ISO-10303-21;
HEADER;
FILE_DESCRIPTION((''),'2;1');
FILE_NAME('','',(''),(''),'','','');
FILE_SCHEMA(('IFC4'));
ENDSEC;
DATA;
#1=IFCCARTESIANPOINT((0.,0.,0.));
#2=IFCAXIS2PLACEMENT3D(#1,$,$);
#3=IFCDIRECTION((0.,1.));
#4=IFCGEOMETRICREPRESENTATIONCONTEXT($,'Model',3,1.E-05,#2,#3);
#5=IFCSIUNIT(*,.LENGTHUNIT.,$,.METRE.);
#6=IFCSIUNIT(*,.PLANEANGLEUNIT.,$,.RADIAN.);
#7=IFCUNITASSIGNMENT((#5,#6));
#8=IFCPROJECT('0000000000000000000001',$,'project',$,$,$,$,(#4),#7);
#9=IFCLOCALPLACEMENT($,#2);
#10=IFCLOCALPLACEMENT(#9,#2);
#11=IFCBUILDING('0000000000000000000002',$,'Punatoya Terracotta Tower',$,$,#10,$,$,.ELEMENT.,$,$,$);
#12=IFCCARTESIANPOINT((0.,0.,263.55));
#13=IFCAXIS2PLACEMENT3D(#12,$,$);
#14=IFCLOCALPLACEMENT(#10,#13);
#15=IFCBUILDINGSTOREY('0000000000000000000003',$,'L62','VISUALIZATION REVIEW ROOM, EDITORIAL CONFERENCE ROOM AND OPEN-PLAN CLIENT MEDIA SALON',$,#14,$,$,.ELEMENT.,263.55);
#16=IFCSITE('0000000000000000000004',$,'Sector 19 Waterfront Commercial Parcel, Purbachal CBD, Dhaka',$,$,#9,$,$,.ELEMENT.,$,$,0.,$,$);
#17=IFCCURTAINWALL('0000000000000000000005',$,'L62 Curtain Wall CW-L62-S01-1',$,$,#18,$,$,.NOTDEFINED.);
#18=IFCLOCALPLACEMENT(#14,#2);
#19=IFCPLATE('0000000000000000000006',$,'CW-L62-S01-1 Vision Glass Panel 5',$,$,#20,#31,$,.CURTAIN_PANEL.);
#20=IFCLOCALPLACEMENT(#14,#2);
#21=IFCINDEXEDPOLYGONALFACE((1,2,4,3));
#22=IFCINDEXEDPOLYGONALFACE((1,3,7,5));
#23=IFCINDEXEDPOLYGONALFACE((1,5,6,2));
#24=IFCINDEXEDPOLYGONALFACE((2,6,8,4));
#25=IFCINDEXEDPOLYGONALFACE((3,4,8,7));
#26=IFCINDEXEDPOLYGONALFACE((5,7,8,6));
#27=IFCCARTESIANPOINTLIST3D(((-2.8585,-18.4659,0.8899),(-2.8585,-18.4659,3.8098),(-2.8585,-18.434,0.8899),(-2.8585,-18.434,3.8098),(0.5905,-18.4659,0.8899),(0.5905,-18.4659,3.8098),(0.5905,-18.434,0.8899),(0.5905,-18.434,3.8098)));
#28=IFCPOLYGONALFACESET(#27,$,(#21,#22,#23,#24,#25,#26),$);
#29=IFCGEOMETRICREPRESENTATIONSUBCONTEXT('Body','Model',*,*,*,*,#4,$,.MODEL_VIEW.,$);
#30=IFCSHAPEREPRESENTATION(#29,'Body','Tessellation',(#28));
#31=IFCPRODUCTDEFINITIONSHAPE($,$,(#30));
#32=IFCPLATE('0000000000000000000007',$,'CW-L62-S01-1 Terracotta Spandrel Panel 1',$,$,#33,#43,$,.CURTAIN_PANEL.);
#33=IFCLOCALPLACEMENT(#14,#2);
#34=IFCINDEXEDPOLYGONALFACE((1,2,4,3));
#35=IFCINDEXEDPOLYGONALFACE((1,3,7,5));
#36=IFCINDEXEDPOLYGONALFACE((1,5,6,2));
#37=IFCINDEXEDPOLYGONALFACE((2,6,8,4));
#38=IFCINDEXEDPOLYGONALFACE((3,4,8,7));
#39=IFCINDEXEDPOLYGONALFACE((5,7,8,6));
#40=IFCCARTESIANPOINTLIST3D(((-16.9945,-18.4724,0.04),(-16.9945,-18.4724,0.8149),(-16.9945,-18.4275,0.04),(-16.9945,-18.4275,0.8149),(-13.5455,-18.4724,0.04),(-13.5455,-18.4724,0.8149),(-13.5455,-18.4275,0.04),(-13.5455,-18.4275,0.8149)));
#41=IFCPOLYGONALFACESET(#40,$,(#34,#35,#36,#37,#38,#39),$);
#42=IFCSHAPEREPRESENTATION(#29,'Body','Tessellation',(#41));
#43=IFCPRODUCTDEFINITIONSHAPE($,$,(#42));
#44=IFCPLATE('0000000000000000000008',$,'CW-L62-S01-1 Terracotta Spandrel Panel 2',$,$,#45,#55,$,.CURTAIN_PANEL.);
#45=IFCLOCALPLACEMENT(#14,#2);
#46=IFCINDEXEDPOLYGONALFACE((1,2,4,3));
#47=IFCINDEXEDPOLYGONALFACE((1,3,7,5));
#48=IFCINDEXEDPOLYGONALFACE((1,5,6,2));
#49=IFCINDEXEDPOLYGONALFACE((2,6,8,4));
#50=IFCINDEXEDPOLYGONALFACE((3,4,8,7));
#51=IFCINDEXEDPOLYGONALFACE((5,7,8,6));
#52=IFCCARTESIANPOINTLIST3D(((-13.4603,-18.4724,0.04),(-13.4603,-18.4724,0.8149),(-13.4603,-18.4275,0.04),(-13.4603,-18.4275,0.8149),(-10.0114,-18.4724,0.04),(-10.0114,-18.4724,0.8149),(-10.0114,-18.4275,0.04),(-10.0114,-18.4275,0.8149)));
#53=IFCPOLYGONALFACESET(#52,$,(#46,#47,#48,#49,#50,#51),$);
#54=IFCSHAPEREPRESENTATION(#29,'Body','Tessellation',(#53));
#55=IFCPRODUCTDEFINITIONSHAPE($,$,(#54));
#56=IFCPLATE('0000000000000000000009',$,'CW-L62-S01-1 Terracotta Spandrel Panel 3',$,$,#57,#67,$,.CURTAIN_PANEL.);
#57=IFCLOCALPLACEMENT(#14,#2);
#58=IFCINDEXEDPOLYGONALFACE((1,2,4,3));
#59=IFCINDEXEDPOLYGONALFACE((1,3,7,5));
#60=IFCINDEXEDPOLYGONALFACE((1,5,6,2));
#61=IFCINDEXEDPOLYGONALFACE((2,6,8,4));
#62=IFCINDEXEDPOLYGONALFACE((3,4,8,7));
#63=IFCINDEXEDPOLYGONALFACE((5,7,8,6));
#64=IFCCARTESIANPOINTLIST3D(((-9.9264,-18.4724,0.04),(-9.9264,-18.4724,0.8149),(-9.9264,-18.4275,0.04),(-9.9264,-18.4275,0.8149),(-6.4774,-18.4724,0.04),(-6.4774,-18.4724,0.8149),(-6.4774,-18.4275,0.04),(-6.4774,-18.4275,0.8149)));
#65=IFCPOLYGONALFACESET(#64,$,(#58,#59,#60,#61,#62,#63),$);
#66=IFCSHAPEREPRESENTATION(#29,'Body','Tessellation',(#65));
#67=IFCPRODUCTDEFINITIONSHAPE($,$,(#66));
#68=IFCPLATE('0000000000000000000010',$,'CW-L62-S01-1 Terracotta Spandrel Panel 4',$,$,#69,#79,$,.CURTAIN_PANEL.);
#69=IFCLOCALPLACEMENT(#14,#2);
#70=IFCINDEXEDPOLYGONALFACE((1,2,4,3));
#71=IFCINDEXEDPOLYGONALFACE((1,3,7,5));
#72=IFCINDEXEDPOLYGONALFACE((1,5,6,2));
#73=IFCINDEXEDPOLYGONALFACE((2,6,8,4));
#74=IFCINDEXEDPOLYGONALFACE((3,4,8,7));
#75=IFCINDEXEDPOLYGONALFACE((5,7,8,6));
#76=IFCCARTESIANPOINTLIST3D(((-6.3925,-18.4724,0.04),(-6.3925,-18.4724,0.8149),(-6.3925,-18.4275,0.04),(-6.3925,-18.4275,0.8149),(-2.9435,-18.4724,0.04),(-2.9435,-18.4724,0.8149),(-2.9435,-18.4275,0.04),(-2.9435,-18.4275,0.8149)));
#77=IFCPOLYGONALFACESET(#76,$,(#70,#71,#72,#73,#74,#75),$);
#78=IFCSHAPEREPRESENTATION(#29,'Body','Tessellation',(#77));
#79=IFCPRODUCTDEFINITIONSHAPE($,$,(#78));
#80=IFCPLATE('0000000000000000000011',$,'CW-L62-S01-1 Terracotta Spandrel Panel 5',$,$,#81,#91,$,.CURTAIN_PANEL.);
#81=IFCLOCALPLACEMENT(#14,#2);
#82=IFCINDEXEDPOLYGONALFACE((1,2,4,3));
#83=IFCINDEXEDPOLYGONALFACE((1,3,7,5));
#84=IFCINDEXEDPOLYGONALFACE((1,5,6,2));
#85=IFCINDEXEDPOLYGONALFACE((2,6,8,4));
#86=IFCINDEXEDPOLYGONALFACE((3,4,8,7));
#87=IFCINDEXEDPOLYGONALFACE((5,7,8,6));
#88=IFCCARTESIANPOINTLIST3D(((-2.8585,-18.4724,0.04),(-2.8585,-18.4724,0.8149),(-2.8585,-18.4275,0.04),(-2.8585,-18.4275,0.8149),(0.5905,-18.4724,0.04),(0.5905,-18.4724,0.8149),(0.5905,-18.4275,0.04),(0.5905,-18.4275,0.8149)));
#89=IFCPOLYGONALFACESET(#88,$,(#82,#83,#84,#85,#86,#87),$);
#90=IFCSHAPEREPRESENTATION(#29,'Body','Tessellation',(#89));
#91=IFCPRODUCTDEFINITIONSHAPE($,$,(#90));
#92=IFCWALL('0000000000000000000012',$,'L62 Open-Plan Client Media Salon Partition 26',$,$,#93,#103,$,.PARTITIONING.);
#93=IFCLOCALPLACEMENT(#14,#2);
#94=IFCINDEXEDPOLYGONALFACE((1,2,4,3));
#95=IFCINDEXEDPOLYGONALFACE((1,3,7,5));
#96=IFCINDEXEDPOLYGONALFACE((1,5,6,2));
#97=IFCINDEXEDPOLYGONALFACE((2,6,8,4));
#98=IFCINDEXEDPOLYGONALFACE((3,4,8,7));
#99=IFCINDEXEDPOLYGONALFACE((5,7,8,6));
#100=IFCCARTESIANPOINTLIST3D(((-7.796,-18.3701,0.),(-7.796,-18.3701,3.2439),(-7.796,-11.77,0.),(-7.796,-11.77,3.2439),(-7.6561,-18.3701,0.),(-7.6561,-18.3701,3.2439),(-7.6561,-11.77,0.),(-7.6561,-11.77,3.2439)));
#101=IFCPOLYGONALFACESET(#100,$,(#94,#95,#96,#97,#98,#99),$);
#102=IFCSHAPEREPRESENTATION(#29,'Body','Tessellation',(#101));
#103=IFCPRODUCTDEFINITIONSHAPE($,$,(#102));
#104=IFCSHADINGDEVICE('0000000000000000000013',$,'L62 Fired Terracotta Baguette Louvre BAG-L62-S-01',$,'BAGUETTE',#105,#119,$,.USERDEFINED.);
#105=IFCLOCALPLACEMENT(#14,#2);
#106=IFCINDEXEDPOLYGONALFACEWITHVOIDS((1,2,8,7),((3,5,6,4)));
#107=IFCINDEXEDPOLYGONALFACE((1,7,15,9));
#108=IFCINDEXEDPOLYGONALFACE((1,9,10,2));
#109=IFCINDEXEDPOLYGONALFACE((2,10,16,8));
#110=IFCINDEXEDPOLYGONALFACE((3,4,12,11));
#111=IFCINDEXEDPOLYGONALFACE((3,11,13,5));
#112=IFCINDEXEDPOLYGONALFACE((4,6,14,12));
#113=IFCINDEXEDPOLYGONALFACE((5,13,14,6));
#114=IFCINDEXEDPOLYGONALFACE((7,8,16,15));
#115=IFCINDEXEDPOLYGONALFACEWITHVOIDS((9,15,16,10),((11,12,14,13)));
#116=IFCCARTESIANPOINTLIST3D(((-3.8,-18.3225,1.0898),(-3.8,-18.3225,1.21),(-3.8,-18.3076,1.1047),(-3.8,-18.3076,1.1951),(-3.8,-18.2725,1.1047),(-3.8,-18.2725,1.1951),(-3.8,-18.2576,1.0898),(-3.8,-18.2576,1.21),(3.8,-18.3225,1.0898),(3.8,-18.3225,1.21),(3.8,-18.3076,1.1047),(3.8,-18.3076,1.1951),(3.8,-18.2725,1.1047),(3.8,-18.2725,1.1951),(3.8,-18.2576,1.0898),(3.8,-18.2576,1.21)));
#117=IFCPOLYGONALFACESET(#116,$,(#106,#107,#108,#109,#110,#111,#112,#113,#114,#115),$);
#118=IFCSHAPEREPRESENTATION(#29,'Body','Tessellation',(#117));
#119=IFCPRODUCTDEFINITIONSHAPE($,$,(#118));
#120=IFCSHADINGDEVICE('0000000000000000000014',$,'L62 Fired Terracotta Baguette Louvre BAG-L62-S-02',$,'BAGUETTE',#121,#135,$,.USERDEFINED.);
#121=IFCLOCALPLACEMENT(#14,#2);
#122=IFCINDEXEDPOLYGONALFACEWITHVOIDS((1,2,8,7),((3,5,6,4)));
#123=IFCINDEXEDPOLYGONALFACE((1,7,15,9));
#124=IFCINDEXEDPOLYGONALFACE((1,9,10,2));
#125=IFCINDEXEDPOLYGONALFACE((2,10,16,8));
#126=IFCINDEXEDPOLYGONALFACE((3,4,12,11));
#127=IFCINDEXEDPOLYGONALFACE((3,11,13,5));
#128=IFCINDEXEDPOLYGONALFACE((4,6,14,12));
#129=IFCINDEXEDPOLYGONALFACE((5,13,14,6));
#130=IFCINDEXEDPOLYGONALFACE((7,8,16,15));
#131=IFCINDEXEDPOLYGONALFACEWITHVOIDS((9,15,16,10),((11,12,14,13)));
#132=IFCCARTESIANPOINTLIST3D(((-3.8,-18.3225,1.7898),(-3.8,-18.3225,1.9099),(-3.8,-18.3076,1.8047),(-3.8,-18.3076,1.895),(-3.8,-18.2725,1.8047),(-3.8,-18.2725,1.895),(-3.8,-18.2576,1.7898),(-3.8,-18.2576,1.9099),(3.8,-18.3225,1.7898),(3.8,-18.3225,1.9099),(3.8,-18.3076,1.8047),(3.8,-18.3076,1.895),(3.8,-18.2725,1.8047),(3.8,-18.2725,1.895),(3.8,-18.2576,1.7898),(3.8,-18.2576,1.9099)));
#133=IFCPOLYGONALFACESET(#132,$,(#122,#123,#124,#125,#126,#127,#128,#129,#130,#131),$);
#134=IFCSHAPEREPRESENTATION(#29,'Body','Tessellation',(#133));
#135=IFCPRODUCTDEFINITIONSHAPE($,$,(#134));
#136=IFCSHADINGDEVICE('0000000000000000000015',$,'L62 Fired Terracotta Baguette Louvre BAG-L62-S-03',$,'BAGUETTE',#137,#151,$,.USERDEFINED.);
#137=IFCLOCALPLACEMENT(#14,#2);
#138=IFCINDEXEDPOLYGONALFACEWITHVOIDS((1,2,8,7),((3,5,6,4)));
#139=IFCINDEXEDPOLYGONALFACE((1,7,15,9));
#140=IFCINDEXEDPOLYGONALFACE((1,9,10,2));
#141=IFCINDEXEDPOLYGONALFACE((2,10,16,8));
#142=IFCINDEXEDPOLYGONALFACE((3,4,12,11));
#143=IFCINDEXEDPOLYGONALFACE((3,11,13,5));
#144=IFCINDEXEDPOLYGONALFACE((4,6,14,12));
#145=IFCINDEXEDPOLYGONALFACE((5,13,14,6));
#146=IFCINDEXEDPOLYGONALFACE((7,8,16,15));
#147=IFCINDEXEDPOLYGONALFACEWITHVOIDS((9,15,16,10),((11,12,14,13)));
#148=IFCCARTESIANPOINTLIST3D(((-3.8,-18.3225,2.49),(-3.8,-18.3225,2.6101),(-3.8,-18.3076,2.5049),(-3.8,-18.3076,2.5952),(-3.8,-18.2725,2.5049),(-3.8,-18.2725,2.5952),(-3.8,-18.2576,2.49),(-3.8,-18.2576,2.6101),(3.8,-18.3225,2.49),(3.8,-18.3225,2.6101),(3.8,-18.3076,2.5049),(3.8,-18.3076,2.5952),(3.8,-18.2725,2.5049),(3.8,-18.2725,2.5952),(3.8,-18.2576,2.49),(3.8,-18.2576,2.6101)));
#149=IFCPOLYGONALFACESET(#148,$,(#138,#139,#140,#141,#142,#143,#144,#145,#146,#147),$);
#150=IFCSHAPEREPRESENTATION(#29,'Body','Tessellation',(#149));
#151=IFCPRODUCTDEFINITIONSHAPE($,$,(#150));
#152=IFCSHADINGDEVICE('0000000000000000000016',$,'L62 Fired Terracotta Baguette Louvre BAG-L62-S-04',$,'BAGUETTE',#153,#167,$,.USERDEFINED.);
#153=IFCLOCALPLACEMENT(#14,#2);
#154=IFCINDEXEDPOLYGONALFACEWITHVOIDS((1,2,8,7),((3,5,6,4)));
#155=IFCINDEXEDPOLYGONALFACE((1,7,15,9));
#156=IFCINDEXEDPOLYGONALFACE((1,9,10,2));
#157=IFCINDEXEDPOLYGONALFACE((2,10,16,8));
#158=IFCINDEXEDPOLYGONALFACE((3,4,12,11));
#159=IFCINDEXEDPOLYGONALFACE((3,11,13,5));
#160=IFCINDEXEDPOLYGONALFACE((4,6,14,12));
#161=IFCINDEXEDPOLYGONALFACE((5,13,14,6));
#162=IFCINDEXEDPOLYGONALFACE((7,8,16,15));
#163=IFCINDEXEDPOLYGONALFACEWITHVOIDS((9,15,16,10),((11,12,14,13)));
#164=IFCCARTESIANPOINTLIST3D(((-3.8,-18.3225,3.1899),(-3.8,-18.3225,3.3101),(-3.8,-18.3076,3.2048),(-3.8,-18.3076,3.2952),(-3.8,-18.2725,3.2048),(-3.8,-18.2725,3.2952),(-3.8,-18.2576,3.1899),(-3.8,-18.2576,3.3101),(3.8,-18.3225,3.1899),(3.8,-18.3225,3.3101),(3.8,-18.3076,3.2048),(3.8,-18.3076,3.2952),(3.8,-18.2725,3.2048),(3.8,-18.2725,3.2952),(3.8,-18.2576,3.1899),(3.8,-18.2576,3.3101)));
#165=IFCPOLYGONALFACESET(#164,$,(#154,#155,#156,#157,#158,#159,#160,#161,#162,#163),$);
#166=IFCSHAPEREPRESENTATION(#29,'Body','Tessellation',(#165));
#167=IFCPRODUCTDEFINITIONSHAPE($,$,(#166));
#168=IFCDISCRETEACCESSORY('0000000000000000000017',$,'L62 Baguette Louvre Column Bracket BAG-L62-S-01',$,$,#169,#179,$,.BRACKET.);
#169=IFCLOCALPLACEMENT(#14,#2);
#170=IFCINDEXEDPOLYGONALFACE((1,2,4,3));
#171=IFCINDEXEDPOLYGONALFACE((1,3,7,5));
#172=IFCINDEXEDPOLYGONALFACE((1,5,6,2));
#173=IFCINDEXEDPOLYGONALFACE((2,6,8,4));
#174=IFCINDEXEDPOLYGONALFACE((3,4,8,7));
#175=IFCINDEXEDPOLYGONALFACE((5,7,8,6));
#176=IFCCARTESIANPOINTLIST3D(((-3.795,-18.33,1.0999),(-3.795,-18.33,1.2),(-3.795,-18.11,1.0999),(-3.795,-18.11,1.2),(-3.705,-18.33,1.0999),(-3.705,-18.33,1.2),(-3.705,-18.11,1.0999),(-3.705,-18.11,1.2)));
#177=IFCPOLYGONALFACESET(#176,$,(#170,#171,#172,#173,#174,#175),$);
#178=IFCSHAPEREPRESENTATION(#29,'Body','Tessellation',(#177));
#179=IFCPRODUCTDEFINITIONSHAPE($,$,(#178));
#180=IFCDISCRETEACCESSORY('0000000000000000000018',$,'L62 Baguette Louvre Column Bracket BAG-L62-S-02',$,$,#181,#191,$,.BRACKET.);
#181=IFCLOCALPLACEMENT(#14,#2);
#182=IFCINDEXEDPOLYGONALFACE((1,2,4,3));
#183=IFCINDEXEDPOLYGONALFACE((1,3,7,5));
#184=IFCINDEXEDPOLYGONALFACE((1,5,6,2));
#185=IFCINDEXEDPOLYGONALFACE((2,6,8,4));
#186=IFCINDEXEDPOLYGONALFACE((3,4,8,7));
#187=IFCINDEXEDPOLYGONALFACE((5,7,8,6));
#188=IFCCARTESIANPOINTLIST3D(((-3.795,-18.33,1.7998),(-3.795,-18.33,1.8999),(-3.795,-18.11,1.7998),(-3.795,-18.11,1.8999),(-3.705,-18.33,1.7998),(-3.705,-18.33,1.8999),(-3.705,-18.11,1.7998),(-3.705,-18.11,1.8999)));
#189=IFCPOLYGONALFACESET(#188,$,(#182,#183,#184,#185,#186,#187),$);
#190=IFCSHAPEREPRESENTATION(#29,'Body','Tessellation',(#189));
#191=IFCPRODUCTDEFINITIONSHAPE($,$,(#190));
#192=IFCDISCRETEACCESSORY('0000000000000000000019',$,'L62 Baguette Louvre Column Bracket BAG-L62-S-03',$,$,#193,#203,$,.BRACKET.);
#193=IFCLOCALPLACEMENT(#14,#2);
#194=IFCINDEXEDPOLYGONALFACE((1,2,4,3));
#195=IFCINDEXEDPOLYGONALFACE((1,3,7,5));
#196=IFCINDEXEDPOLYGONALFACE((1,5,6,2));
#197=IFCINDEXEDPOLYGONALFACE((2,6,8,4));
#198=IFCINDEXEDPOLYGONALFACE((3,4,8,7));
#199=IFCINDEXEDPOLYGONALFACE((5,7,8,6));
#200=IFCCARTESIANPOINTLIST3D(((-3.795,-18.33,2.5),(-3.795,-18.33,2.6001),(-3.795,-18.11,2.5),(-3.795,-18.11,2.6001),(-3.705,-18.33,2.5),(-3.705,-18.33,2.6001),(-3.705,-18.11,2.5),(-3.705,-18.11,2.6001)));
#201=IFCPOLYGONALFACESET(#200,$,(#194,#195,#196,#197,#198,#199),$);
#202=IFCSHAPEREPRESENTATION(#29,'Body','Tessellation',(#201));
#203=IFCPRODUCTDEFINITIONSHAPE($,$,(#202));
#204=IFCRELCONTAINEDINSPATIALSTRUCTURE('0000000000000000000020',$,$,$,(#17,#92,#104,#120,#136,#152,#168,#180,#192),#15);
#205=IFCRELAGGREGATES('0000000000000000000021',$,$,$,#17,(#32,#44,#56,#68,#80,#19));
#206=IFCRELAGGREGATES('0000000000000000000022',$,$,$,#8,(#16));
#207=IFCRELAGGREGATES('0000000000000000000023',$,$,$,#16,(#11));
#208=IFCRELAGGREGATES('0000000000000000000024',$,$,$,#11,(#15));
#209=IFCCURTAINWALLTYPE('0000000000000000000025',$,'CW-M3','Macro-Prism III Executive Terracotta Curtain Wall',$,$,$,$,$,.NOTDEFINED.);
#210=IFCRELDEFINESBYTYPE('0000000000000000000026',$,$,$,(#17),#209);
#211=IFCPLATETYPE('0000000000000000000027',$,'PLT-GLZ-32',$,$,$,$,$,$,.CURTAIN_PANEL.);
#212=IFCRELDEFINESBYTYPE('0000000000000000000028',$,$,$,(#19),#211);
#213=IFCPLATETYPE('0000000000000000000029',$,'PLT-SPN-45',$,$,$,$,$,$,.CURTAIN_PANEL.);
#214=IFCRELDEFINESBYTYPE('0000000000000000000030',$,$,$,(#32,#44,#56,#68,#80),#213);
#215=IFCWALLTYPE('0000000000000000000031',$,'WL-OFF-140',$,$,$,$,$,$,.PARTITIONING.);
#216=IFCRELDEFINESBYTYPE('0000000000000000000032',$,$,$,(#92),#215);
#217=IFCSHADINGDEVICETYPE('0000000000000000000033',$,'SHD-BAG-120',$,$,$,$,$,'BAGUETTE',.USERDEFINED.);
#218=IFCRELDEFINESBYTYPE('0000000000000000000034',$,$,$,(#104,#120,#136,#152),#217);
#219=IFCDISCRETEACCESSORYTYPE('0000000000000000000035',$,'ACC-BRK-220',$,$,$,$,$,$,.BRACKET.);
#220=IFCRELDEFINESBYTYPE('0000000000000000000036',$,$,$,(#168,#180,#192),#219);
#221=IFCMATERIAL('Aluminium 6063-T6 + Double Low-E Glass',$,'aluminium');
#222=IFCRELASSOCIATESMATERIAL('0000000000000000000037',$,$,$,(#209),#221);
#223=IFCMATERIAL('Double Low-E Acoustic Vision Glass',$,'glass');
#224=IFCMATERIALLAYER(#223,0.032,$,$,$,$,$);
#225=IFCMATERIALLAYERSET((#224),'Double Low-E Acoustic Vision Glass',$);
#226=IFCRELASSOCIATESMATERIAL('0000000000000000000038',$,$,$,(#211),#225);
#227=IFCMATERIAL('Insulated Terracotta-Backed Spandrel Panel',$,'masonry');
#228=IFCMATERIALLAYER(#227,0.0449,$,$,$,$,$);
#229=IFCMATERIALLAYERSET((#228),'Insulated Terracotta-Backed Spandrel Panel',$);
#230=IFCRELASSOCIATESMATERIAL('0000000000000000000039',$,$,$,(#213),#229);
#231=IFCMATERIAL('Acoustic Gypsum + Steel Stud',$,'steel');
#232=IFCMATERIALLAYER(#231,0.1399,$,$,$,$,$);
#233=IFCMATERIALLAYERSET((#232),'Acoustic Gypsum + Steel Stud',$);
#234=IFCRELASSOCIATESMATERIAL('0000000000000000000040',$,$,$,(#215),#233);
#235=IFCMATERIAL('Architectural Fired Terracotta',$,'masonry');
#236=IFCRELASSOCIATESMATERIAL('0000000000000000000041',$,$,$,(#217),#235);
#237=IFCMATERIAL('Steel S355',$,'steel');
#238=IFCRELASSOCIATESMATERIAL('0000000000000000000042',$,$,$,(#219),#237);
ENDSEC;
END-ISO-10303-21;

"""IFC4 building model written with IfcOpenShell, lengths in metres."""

from ifc_helpers import new_model, si_unit, direction, frame, frame_2d, origin, origin_2d, place, context, subcontext, project, spatial, rectangle, hollow_rectangle, extrude, material, layer, layer_set, material_profile, profile_set, type_object, element, aggregate, save


model = new_model("IFC4")

# Units and contexts
model_context = context("Model", 3, precision=1e-05, world=origin(), true_north=direction((0.0, 1.0)))
body_context = subcontext(model_context, "Body", "Model", "MODEL_VIEW")
ifc_project = project(units=[si_unit("LENGTHUNIT", "METRE"), si_unit("PLANEANGLEUNIT", "RADIAN")], contexts=[model_context])

# Site, building, storey
site_placement = place(None, origin())
site = spatial("IfcSite", under=ifc_project, at=site_placement, Name="Sector 19 Waterfront Commercial Parcel, Purbachal CBD, Dhaka", CompositionType="ELEMENT", RefElevation=0.0)
building_placement = place(site_placement, origin())
building = spatial("IfcBuilding", under=site, at=building_placement, Name="Punatoya Terracotta Tower", CompositionType="ELEMENT")
storey_placement = place(building_placement, frame((0.0, 0.0, 263.55)))
storey = spatial("IfcBuildingStorey", under=building, at=storey_placement, Name="L62", Description="VISUALIZATION REVIEW ROOM, EDITORIAL CONFERENCE ROOM AND OPEN-PLAN CLIENT MEDIA SALON", CompositionType="ELEMENT", Elevation=263.55)

# Curtain wall, plates
ifc_material_1 = material(Name="Aluminium 6063-T6 + Double Low-E Glass", Category="aluminium")
curtain_wall_type = type_object("IfcCurtainWallType", Name="CW-M3", Description="Macro-Prism III Executive Terracotta Curtain Wall", PredefinedType="NOTDEFINED", material=ifc_material_1)
curtain_wall_placement = place(storey_placement, origin())
curtain_wall = element("IfcCurtainWall", 1, at=curtain_wall_placement, inside=storey, type_object=curtain_wall_type, Name="L62 Curtain Wall CW-L62-S01-1", PredefinedType="NOTDEFINED")
ifc_material_2 = material(Name="Double Low-E Acoustic Vision Glass", Category="glass")
ifc_layer_1 = layer(ifc_material_2, 0.032)
ifc_layer_set_1 = layer_set([ifc_layer_1], Name="Double Low-E Acoustic Vision Glass")
plate_type_1 = type_object("IfcPlateType", Name="PLT-GLZ-32", PredefinedType="CURTAIN_PANEL", material=ifc_layer_set_1)
plate_1_placement = place(storey_placement, frame((-1.134, -18.45, 0.8899), z_axis=(0.0, 0.0, 1.0), x_axis=(1.0, 0.0, 0.0)))
plate_1 = element("IfcPlate", 2, at=plate_1_placement, type_object=plate_type_1, Name="CW-L62-S01-1 Vision Glass Panel 5", PredefinedType="CURTAIN_PANEL", context=body_context, shape_type="SweptSolid", body=[
    extrude(rectangle(XDim=3.449, YDim=0.032, at=origin_2d()), origin(), (0.0, 0.0, 1.0), 2.9199),
])
ifc_material_3 = material(Name="Insulated Terracotta-Backed Spandrel Panel", Category="masonry")
ifc_layer_2 = layer(ifc_material_3, 0.0449)
ifc_layer_set_2 = layer_set([ifc_layer_2], Name="Insulated Terracotta-Backed Spandrel Panel")
plate_type_2 = type_object("IfcPlateType", Name="PLT-SPN-45", PredefinedType="CURTAIN_PANEL", material=ifc_layer_set_2)
plate_2_placement = place(storey_placement, frame((-15.27, -18.45, 0.04), z_axis=(0.0, 0.0, 1.0), x_axis=(1.0, 0.0, 0.0)))
plate_2 = element("IfcPlate", 3, at=plate_2_placement, type_object=plate_type_2, Name="CW-L62-S01-1 Terracotta Spandrel Panel 1", PredefinedType="CURTAIN_PANEL", context=body_context, shape_type="SweptSolid", body=[
    extrude(rectangle(XDim=3.449, YDim=0.0449, at=origin_2d()), origin(), (0.0, 0.0, 1.0), 0.7749),
])
plate_3_placement = place(storey_placement, frame((-11.7358, -18.45, 0.04), z_axis=(0.0, 0.0, 1.0), x_axis=(1.0, 0.0, 0.0)))
plate_3 = element("IfcPlate", 4, at=plate_3_placement, type_object=plate_type_2, Name="CW-L62-S01-1 Terracotta Spandrel Panel 2", PredefinedType="CURTAIN_PANEL", context=body_context, shape_type="SweptSolid", body=[
    extrude(rectangle(XDim=3.449, YDim=0.0449, at=origin_2d()), origin(), (0.0, 0.0, 1.0), 0.7749),
])
plate_4_placement = place(storey_placement, frame((-8.2019, -18.45, 0.04), z_axis=(0.0, 0.0, 1.0), x_axis=(1.0, 0.0, 0.0)))
plate_4 = element("IfcPlate", 5, at=plate_4_placement, type_object=plate_type_2, Name="CW-L62-S01-1 Terracotta Spandrel Panel 3", PredefinedType="CURTAIN_PANEL", context=body_context, shape_type="SweptSolid", body=[
    extrude(rectangle(XDim=3.449, YDim=0.0449, at=origin_2d()), origin(), (0.0, 0.0, 1.0), 0.7749),
])
plate_5_placement = place(storey_placement, frame((-4.668, -18.45, 0.04), z_axis=(0.0, 0.0, 1.0), x_axis=(1.0, 0.0, 0.0)))
plate_5 = element("IfcPlate", 6, at=plate_5_placement, type_object=plate_type_2, Name="CW-L62-S01-1 Terracotta Spandrel Panel 4", PredefinedType="CURTAIN_PANEL", context=body_context, shape_type="SweptSolid", body=[
    extrude(rectangle(XDim=3.449, YDim=0.0449, at=origin_2d()), origin(), (0.0, 0.0, 1.0), 0.7749),
])
plate_6_placement = place(storey_placement, frame((-1.134, -18.45, 0.04), z_axis=(0.0, 0.0, 1.0), x_axis=(1.0, 0.0, 0.0)))
plate_6 = element("IfcPlate", 7, at=plate_6_placement, type_object=plate_type_2, Name="CW-L62-S01-1 Terracotta Spandrel Panel 5", PredefinedType="CURTAIN_PANEL", context=body_context, shape_type="SweptSolid", body=[
    extrude(rectangle(XDim=3.449, YDim=0.0449, at=origin_2d()), origin(), (0.0, 0.0, 1.0), 0.7749),
])
aggregate(curtain_wall, [plate_2, plate_3, plate_4, plate_5, plate_6, plate_1])

# Wall
ifc_material_4 = material(Name="Acoustic Gypsum + Steel Stud", Category="steel")
ifc_layer_3 = layer(ifc_material_4, 0.1399)
ifc_layer_set_3 = layer_set([ifc_layer_3], Name="Acoustic Gypsum + Steel Stud")
wall_type = type_object("IfcWallType", Name="WL-OFF-140", PredefinedType="PARTITIONING", material=ifc_layer_set_3)
wall_placement = place(storey_placement, frame((-7.7261, -18.3701, 0.0), z_axis=(0.0, 0.0, 1.0), x_axis=(0.0, 1.0, 0.0)))
element("IfcWall", 8, at=wall_placement, inside=storey, type_object=wall_type, Name="L62 Open-Plan Client Media Salon Partition 26", PredefinedType="PARTITIONING", context=body_context, shape_type="SweptSolid", body=[
    extrude(rectangle(XDim=6.6001, YDim=0.1399, at=frame_2d((3.3, 0.0))), origin(), (0.0, 0.0, 1.0), 3.2439),
])

# Shading devices
ifc_material_5 = material(Name="Architectural Fired Terracotta", Category="masonry")
ifc_material_profile_1 = material_profile(ifc_material_5, hollow_rectangle(XDim=0.0649, YDim=0.1201, WallThickness=0.0149, at=origin_2d()))
ifc_profile_set_1 = profile_set([ifc_material_profile_1], Name="Architectural Fired Terracotta")
shading_device_type = type_object("IfcShadingDeviceType", Name="SHD-BAG-120", ElementType="BAGUETTE", PredefinedType="USERDEFINED", material=ifc_profile_set_1)
for number, where, z_axis, x_axis, name in (
    (9, (-3.8, -18.29, 1.1499), (1.0, 0.0, 0.0), (0.0, 1.0, 0.0), "L62 Fired Terracotta Baguette Louvre BAG-L62-S-01"),
    (10, (-3.8, -18.29, 1.8499), (1.0, 0.0, 0.0), (0.0, 1.0, 0.0), "L62 Fired Terracotta Baguette Louvre BAG-L62-S-02"),
    (11, (-3.8, -18.29, 2.55), (1.0, 0.0, 0.0), (0.0, 1.0, 0.0), "L62 Fired Terracotta Baguette Louvre BAG-L62-S-03"),
    (12, (-3.8, -18.29, 3.25), (1.0, 0.0, 0.0), (0.0, 1.0, 0.0), "L62 Fired Terracotta Baguette Louvre BAG-L62-S-04"),
):
    element("IfcShadingDevice", number, at=place(storey_placement, frame(where, z_axis=z_axis, x_axis=x_axis)), inside=storey, type_object=shading_device_type, Name=name, ObjectType="BAGUETTE", PredefinedType="USERDEFINED", context=body_context, shape_type="SweptSolid", body=[
        extrude(hollow_rectangle(XDim=0.0649, YDim=0.1201, WallThickness=0.0149, at=origin_2d()), origin(), (0.0, 0.0, 1.0), 7.6001),
    ])

# Discrete accessories
ifc_material_6 = material(Name="Steel S355", Category="steel")
discrete_accessory_type = type_object("IfcDiscreteAccessoryType", Name="ACC-BRK-220", PredefinedType="BRACKET", material=ifc_material_6)
for number, where, z_axis, x_axis, name in (
    (13, (-3.75, -18.22, 1.0999), (0.0, 0.0, 1.0), (1.0, 0.0, 0.0), "L62 Baguette Louvre Column Bracket BAG-L62-S-01"),
    (14, (-3.75, -18.22, 1.7998), (0.0, 0.0, 1.0), (1.0, 0.0, 0.0), "L62 Baguette Louvre Column Bracket BAG-L62-S-02"),
    (15, (-3.75, -18.22, 2.5), (0.0, 0.0, 1.0), (1.0, 0.0, 0.0), "L62 Baguette Louvre Column Bracket BAG-L62-S-03"),
):
    element("IfcDiscreteAccessory", number, at=place(storey_placement, frame(where, z_axis=z_axis, x_axis=x_axis)), inside=storey, type_object=discrete_accessory_type, Name=name, PredefinedType="BRACKET", context=body_context, shape_type="SweptSolid", body=[
        extrude(rectangle(XDim=0.0901, YDim=0.22, at=origin_2d()), origin(), (0.0, 0.0, 1.0), 0.1001),
    ])

save(model, "model.ifc")
